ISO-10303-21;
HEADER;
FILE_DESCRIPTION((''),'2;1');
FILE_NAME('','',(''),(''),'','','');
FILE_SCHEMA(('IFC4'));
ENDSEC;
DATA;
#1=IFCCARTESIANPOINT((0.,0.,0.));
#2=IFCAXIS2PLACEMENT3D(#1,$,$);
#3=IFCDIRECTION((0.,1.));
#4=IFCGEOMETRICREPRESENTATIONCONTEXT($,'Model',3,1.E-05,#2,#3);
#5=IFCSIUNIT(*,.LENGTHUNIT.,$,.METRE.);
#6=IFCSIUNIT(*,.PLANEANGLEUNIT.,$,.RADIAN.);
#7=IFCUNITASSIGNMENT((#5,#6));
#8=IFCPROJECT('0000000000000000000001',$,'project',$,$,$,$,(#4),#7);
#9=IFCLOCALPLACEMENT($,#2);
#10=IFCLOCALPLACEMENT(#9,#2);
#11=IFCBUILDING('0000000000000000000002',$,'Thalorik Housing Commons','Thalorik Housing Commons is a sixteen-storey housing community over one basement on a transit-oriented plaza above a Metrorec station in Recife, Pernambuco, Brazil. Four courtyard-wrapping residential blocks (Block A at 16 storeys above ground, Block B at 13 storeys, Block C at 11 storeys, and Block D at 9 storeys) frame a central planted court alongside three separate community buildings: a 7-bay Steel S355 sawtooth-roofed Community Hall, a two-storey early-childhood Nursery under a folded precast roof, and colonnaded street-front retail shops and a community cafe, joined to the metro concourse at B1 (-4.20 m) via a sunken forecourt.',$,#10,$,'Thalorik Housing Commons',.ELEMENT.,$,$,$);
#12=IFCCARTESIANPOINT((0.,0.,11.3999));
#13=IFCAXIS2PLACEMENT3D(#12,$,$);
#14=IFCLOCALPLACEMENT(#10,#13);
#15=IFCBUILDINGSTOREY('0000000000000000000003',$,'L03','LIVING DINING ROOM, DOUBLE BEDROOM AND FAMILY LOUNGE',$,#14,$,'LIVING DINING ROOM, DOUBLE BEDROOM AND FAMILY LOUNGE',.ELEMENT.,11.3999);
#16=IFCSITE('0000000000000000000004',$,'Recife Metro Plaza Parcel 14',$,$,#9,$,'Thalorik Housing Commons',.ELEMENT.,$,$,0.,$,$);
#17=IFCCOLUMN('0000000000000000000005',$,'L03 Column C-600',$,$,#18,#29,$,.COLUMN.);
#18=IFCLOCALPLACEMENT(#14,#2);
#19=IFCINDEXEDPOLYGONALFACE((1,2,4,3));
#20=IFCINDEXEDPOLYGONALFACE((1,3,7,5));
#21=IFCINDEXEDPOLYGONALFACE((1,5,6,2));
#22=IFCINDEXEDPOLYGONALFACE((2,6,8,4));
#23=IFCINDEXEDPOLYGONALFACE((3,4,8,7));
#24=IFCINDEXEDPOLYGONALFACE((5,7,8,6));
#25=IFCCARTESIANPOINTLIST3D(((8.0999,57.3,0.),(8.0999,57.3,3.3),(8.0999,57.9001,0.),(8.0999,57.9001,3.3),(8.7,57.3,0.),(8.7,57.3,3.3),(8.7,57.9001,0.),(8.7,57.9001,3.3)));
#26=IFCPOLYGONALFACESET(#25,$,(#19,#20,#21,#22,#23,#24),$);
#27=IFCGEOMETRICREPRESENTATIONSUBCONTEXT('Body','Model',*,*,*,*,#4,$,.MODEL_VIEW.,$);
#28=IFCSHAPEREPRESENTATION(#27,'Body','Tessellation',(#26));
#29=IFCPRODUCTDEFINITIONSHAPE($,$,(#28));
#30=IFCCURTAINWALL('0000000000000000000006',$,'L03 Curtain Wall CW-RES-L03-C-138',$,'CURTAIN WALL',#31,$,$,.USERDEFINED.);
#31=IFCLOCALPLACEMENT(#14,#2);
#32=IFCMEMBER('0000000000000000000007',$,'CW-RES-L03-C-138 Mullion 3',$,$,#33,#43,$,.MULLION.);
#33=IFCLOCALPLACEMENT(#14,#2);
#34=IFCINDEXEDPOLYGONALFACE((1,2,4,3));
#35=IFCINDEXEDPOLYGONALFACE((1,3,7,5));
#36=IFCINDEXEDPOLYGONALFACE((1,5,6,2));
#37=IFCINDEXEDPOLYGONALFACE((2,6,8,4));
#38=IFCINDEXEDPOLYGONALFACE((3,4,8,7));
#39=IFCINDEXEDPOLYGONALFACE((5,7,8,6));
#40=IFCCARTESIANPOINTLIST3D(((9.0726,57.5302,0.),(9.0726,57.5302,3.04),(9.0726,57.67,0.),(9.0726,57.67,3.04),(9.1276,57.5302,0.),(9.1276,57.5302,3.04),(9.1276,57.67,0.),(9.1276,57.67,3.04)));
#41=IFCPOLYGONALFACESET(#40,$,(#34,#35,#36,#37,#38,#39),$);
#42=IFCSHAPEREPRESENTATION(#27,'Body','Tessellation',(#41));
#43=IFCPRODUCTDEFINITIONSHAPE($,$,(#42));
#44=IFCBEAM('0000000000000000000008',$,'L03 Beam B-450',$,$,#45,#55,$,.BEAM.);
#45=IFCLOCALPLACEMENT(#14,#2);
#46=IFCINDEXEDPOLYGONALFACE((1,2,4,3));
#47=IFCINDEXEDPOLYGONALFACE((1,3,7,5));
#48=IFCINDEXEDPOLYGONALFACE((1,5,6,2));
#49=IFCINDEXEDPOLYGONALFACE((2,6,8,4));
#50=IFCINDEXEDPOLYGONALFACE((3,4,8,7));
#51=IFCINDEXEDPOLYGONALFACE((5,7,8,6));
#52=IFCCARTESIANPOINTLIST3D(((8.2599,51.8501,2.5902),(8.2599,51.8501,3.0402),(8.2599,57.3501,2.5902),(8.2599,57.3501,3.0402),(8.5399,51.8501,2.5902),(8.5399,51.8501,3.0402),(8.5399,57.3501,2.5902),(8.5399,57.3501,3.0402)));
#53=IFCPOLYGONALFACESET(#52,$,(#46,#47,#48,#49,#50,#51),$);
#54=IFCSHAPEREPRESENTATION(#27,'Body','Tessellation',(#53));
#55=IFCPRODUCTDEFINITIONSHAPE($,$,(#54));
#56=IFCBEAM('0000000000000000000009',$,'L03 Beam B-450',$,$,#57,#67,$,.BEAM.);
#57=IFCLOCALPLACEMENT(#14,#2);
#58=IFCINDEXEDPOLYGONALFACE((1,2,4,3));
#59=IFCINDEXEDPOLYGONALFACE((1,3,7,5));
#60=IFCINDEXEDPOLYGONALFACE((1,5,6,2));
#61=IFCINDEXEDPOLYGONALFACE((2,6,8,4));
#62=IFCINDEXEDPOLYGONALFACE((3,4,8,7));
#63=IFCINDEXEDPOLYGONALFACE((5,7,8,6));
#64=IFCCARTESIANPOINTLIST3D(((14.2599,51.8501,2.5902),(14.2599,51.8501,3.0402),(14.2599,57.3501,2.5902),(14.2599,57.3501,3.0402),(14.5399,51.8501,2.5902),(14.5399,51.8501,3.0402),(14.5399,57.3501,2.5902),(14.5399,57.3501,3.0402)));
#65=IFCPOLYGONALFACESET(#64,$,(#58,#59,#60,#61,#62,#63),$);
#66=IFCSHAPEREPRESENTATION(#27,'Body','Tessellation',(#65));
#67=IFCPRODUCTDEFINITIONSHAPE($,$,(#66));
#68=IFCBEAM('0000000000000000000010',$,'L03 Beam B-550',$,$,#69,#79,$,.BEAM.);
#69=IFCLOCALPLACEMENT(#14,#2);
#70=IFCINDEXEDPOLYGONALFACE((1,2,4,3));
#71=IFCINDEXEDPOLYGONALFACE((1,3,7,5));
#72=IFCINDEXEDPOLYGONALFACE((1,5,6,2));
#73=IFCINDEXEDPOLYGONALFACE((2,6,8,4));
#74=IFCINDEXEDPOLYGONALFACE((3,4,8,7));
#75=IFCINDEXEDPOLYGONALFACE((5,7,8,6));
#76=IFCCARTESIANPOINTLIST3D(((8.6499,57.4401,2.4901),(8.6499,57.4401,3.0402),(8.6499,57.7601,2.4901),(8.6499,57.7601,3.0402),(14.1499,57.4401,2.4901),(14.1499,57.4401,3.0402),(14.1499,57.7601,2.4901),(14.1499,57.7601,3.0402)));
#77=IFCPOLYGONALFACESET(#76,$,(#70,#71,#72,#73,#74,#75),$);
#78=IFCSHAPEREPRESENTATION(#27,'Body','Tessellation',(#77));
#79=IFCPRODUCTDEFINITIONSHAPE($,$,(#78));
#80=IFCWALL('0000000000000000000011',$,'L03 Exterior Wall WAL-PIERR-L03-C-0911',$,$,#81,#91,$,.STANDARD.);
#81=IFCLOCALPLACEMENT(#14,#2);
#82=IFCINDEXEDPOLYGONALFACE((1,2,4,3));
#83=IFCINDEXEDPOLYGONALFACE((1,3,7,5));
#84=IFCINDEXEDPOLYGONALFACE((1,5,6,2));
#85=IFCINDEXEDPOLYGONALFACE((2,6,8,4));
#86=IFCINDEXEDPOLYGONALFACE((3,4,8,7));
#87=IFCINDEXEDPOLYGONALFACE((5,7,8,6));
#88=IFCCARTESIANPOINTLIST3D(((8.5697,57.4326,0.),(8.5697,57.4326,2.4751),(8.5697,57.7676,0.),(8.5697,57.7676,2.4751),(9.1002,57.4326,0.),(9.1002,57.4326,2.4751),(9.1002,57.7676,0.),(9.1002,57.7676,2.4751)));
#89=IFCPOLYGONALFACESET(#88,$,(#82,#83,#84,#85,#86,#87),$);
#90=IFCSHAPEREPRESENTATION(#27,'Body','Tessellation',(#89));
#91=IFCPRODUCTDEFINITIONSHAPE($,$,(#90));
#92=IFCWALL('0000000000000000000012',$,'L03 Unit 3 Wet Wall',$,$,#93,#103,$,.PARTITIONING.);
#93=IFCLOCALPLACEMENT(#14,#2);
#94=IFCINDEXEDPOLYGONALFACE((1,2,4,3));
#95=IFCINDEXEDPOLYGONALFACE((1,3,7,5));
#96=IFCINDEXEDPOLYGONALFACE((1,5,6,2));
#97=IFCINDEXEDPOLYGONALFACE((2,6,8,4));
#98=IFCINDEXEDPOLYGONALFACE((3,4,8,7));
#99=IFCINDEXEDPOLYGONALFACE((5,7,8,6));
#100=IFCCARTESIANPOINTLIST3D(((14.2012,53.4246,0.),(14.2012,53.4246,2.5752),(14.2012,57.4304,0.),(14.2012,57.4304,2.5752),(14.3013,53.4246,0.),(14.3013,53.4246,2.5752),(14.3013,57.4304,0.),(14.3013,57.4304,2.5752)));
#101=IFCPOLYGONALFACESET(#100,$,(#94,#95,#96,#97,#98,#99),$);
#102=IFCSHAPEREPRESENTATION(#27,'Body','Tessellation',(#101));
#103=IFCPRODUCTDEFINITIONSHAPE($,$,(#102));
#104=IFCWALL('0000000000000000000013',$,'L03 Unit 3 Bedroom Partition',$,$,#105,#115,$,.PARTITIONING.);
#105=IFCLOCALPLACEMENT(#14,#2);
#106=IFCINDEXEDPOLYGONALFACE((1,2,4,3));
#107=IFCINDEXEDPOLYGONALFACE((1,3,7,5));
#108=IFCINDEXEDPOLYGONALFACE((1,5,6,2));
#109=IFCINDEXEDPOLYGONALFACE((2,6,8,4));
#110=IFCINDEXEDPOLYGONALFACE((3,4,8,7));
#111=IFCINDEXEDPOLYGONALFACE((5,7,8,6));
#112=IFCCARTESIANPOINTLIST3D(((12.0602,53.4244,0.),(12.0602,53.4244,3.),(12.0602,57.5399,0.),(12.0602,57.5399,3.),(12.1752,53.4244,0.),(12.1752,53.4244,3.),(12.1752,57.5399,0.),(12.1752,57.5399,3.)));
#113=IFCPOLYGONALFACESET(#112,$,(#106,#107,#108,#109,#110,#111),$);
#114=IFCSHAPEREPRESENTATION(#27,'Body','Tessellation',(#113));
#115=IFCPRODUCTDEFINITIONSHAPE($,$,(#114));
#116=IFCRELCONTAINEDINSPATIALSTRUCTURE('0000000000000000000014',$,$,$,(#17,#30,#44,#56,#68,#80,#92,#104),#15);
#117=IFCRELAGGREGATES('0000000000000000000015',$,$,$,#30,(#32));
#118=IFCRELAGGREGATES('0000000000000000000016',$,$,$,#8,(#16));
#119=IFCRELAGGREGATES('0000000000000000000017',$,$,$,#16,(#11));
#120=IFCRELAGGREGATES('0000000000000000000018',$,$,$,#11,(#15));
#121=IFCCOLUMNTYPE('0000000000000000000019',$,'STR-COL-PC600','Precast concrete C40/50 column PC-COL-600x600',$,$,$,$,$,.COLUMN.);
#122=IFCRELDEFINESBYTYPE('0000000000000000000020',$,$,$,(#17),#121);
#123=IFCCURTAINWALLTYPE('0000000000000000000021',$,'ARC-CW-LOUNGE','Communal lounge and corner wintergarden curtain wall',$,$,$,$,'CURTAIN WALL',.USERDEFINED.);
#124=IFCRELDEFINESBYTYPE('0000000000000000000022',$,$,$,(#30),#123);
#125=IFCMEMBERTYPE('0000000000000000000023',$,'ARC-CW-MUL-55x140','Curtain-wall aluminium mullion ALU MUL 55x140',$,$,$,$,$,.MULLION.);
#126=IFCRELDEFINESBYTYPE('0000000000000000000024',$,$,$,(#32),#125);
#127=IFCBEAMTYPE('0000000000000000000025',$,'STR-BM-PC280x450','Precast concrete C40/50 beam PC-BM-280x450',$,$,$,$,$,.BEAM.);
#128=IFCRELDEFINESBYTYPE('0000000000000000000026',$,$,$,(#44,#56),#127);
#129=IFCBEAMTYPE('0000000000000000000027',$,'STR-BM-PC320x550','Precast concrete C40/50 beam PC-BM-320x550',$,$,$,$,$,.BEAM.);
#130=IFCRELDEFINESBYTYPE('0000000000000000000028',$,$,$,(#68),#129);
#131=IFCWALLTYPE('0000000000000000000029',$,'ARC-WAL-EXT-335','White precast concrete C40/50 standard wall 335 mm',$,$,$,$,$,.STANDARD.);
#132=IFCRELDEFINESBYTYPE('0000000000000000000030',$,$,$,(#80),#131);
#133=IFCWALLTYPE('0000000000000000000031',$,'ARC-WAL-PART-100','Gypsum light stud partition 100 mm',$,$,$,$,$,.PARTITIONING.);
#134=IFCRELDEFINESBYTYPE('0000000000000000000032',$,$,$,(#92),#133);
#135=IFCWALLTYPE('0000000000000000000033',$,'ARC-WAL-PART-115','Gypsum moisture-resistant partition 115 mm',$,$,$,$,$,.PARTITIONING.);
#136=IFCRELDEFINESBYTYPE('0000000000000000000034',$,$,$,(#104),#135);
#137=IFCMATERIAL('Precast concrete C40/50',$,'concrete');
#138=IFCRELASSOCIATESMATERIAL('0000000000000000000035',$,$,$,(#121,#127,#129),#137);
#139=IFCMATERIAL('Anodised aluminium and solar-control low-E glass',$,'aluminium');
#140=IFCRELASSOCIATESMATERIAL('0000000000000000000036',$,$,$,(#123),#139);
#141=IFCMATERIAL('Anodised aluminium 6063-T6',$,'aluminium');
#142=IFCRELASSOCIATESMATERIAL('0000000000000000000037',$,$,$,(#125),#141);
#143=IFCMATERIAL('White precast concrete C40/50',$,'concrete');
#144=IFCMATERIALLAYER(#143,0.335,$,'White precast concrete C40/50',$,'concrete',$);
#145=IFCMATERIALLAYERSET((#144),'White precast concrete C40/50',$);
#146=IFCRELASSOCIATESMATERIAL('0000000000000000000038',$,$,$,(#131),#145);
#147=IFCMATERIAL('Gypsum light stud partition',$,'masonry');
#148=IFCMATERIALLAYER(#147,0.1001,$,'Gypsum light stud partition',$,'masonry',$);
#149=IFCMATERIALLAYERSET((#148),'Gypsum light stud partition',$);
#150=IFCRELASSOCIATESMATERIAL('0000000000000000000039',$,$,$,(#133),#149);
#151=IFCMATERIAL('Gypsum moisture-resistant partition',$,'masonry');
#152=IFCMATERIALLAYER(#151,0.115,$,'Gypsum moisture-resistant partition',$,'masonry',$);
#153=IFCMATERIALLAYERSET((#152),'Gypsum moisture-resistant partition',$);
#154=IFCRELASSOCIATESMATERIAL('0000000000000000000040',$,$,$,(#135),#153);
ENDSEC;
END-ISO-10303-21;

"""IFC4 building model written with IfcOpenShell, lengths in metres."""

from ifc_helpers import new_model, si_unit, direction, frame, frame_2d, origin, origin_2d, place, context, subcontext, project, spatial, rectangle, extrude, material, layer, layer_set, material_profile, profile_set, type_object, element, aggregate, save


model = new_model("IFC4")

# Units and contexts
model_context = context("Model", 3, precision=1e-05, world=origin(), true_north=direction((0.0, 1.0)))
body_context = subcontext(model_context, "Body", "Model", "MODEL_VIEW")
ifc_project = project(units=[si_unit("LENGTHUNIT", "METRE"), si_unit("PLANEANGLEUNIT", "RADIAN")], contexts=[model_context])

# Site, building, storey
site_placement = place(None, origin())
site = spatial("IfcSite", under=ifc_project, at=site_placement, Name="Recife Metro Plaza Parcel 14", LongName="Thalorik Housing Commons", CompositionType="ELEMENT", RefElevation=0.0)
building_placement = place(site_placement, origin())
building = spatial("IfcBuilding", under=site, at=building_placement, Name="Thalorik Housing Commons", Description="Thalorik Housing Commons is a sixteen-storey housing community over one basement on a transit-oriented plaza above a Metrorec station in Recife, Pernambuco, Brazil. Four courtyard-wrapping residential blocks (Block A at 16 storeys above ground, Block B at 13 storeys, Block C at 11 storeys, and Block D at 9 storeys) frame a central planted court alongside three separate community buildings: a 7-bay Steel S355 sawtooth-roofed Community Hall, a two-storey early-childhood Nursery under a folded precast roof, and colonnaded street-front retail shops and a community cafe, joined to the metro concourse at B1 (-4.20 m) via a sunken forecourt.", LongName="Thalorik Housing Commons", CompositionType="ELEMENT")
storey_placement = place(building_placement, frame((0.0, 0.0, 11.3999)))
storey = spatial("IfcBuildingStorey", under=building, at=storey_placement, Name="L03", Description="LIVING DINING ROOM, DOUBLE BEDROOM AND FAMILY LOUNGE", LongName="LIVING DINING ROOM, DOUBLE BEDROOM AND FAMILY LOUNGE", CompositionType="ELEMENT", Elevation=11.3999)

# Column
ifc_material_1 = material(Name="Precast concrete C40/50", Category="concrete")
ifc_material_profile_1 = material_profile(ifc_material_1, rectangle(XDim=0.6001, YDim=0.6001, at=origin_2d()), Name="PC 600x600", Category="concrete")
ifc_profile_set_1 = profile_set([ifc_material_profile_1], Name="Precast concrete C40/50")
column_type = type_object("IfcColumnType", Name="STR-COL-PC600", Description="Precast concrete C40/50 column PC-COL-600x600", PredefinedType="COLUMN", material=ifc_profile_set_1)
column_placement = place(storey_placement, frame((8.3999, 57.6001, 0.0), z_axis=(0.0, 0.0, 1.0), x_axis=(1.0, 0.0, 0.0)))
element("IfcColumn", 1, at=column_placement, inside=storey, type_object=column_type, Name="L03 Column C-600", PredefinedType="COLUMN", context=body_context, shape_type="SweptSolid", body=[
    extrude(rectangle(XDim=0.6001, YDim=0.6001, at=origin_2d()), origin(), (0.0, 0.0, 1.0), 3.3),
])

# Curtain wall, member
ifc_material_2 = material(Name="Anodised aluminium and solar-control low-E glass", Category="aluminium")
curtain_wall_type = type_object("IfcCurtainWallType", Name="ARC-CW-LOUNGE", Description="Communal lounge and corner wintergarden curtain wall", ElementType="CURTAIN WALL", PredefinedType="USERDEFINED", material=ifc_material_2)
curtain_wall_placement = place(storey_placement, origin())
curtain_wall = element("IfcCurtainWall", 2, at=curtain_wall_placement, inside=storey, type_object=curtain_wall_type, Name="L03 Curtain Wall CW-RES-L03-C-138", ObjectType="CURTAIN WALL", PredefinedType="USERDEFINED")
ifc_material_3 = material(Name="Anodised aluminium 6063-T6", Category="aluminium")
ifc_material_profile_2 = material_profile(ifc_material_3, rectangle(XDim=0.0549, YDim=0.1399, at=origin_2d()), Name="ALU MUL 55x140", Category="aluminium")
ifc_profile_set_2 = profile_set([ifc_material_profile_2], Name="Anodised aluminium 6063-T6")
member_type = type_object("IfcMemberType", Name="ARC-CW-MUL-55x140", Description="Curtain-wall aluminium mullion ALU MUL 55x140", PredefinedType="MULLION", material=ifc_profile_set_2)
member_placement = place(storey_placement, frame((9.1001, 57.6001, 0.0), z_axis=(0.0, 0.0, 1.0), x_axis=(-1.0, 0.0, 0.0)))
member = element("IfcMember", 3, at=member_placement, type_object=member_type, Name="CW-RES-L03-C-138 Mullion 3", PredefinedType="MULLION", context=body_context, shape_type="SweptSolid", body=[
    extrude(rectangle(XDim=0.0549, YDim=0.1399, at=origin_2d()), origin(), (0.0, 0.0, 1.0), 3.04),
])
aggregate(curtain_wall, [member])

# Beams
ifc_material_profile_3 = material_profile(ifc_material_1, rectangle(XDim=0.28, YDim=0.45, at=origin_2d()), Name="PC 280x450", Category="concrete")
ifc_profile_set_3 = profile_set([ifc_material_profile_3], Name="Precast concrete C40/50")
beam_type_1 = type_object("IfcBeamType", Name="STR-BM-PC280x450", Description="Precast concrete C40/50 beam PC-BM-280x450", PredefinedType="BEAM", material=ifc_profile_set_3)
for number, where, z_axis, x_axis, name in (
    (4, (8.3999, 51.8501, 2.8152), (0.0, 1.0, 0.0), (-1.0, 0.0, 0.0), "L03 Beam B-450"),
    (5, (14.3999, 51.8501, 2.8152), (0.0, 1.0, 0.0), (-1.0, 0.0, 0.0), "L03 Beam B-450"),
):
    element("IfcBeam", number, at=place(storey_placement, frame(where, z_axis=z_axis, x_axis=x_axis)), inside=storey, type_object=beam_type_1, Name=name, PredefinedType="BEAM", context=body_context, shape_type="SweptSolid", body=[
        extrude(rectangle(XDim=0.28, YDim=0.45, at=origin_2d()), origin(), (0.0, 0.0, 1.0), 5.5),
    ])
ifc_material_profile_4 = material_profile(ifc_material_1, rectangle(XDim=0.3201, YDim=0.55, at=origin_2d()), Name="PC 320x550", Category="concrete")
ifc_profile_set_4 = profile_set([ifc_material_profile_4], Name="Precast concrete C40/50")
beam_type_2 = type_object("IfcBeamType", Name="STR-BM-PC320x550", Description="Precast concrete C40/50 beam PC-BM-320x550", PredefinedType="BEAM", material=ifc_profile_set_4)
beam_placement = place(storey_placement, frame((8.6499, 57.6001, 2.7651), z_axis=(1.0, 0.0, 0.0), x_axis=(0.0, 1.0, 0.0)))
element("IfcBeam", 6, at=beam_placement, inside=storey, type_object=beam_type_2, Name="L03 Beam B-550", PredefinedType="BEAM", context=body_context, shape_type="SweptSolid", body=[
    extrude(rectangle(XDim=0.3201, YDim=0.55, at=origin_2d()), origin(), (0.0, 0.0, 1.0), 5.5),
])

# Wall
ifc_material_4 = material(Name="White precast concrete C40/50", Category="concrete")
ifc_layer_1 = layer(ifc_material_4, 0.335, Name="White precast concrete C40/50", Category="concrete")
ifc_layer_set_1 = layer_set([ifc_layer_1], Name="White precast concrete C40/50")
wall_type_1 = type_object("IfcWallType", Name="ARC-WAL-EXT-335", Description="White precast concrete C40/50 standard wall 335 mm", PredefinedType="STANDARD", material=ifc_layer_set_1)
wall_1_placement = place(storey_placement, frame((9.1001, 57.6001, 0.0), z_axis=(0.0, 0.0, 1.0), x_axis=(-1.0, 0.0, 0.0)))
element("IfcWall", 7, at=wall_1_placement, inside=storey, type_object=wall_type_1, Name="L03 Exterior Wall WAL-PIERR-L03-C-0911", PredefinedType="STANDARD", context=body_context, shape_type="SweptSolid", body=[
    extrude(rectangle(XDim=0.5305, YDim=0.335, at=frame_2d((0.2651, 0.0))), origin(), (0.0, 0.0, 1.0), 2.4751),
])

# Walls
ifc_material_5 = material(Name="Gypsum light stud partition", Category="masonry")
ifc_layer_2 = layer(ifc_material_5, 0.1001, Name="Gypsum light stud partition", Category="masonry")
ifc_layer_set_2 = layer_set([ifc_layer_2], Name="Gypsum light stud partition")
wall_type_2 = type_object("IfcWallType", Name="ARC-WAL-PART-100", Description="Gypsum light stud partition 100 mm", PredefinedType="PARTITIONING", material=ifc_layer_set_2)
wall_2_placement = place(storey_placement, frame((14.2512, 53.4246, 0.0), z_axis=(0.0, 0.0, 1.0), x_axis=(0.0, 1.0, 0.0)))
element("IfcWall", 8, at=wall_2_placement, inside=storey, type_object=wall_type_2, Name="L03 Unit 3 Wet Wall", PredefinedType="PARTITIONING", context=body_context, shape_type="SweptSolid", body=[
    extrude(rectangle(XDim=4.0059, YDim=0.1001, at=frame_2d((2.0029, 0.0))), origin(), (0.0, 0.0, 1.0), 2.5752),
])
ifc_material_6 = material(Name="Gypsum moisture-resistant partition", Category="masonry")
ifc_layer_3 = layer(ifc_material_6, 0.115, Name="Gypsum moisture-resistant partition", Category="masonry")
ifc_layer_set_3 = layer_set([ifc_layer_3], Name="Gypsum moisture-resistant partition")
wall_type_3 = type_object("IfcWallType", Name="ARC-WAL-PART-115", Description="Gypsum moisture-resistant partition 115 mm", PredefinedType="PARTITIONING", material=ifc_layer_set_3)
wall_3_placement = place(storey_placement, frame((12.1177, 53.4246, 0.0), z_axis=(0.0, 0.0, 1.0), x_axis=(0.0, 1.0, 0.0)))
element("IfcWall", 9, at=wall_3_placement, inside=storey, type_object=wall_type_3, Name="L03 Unit 3 Bedroom Partition", PredefinedType="PARTITIONING", context=body_context, shape_type="SweptSolid", body=[
    extrude(rectangle(XDim=4.1155, YDim=0.115, at=frame_2d((2.0576, 0.0))), origin(), (0.0, 0.0, 1.0), 3.0),
])

save(model, "model.ifc")
